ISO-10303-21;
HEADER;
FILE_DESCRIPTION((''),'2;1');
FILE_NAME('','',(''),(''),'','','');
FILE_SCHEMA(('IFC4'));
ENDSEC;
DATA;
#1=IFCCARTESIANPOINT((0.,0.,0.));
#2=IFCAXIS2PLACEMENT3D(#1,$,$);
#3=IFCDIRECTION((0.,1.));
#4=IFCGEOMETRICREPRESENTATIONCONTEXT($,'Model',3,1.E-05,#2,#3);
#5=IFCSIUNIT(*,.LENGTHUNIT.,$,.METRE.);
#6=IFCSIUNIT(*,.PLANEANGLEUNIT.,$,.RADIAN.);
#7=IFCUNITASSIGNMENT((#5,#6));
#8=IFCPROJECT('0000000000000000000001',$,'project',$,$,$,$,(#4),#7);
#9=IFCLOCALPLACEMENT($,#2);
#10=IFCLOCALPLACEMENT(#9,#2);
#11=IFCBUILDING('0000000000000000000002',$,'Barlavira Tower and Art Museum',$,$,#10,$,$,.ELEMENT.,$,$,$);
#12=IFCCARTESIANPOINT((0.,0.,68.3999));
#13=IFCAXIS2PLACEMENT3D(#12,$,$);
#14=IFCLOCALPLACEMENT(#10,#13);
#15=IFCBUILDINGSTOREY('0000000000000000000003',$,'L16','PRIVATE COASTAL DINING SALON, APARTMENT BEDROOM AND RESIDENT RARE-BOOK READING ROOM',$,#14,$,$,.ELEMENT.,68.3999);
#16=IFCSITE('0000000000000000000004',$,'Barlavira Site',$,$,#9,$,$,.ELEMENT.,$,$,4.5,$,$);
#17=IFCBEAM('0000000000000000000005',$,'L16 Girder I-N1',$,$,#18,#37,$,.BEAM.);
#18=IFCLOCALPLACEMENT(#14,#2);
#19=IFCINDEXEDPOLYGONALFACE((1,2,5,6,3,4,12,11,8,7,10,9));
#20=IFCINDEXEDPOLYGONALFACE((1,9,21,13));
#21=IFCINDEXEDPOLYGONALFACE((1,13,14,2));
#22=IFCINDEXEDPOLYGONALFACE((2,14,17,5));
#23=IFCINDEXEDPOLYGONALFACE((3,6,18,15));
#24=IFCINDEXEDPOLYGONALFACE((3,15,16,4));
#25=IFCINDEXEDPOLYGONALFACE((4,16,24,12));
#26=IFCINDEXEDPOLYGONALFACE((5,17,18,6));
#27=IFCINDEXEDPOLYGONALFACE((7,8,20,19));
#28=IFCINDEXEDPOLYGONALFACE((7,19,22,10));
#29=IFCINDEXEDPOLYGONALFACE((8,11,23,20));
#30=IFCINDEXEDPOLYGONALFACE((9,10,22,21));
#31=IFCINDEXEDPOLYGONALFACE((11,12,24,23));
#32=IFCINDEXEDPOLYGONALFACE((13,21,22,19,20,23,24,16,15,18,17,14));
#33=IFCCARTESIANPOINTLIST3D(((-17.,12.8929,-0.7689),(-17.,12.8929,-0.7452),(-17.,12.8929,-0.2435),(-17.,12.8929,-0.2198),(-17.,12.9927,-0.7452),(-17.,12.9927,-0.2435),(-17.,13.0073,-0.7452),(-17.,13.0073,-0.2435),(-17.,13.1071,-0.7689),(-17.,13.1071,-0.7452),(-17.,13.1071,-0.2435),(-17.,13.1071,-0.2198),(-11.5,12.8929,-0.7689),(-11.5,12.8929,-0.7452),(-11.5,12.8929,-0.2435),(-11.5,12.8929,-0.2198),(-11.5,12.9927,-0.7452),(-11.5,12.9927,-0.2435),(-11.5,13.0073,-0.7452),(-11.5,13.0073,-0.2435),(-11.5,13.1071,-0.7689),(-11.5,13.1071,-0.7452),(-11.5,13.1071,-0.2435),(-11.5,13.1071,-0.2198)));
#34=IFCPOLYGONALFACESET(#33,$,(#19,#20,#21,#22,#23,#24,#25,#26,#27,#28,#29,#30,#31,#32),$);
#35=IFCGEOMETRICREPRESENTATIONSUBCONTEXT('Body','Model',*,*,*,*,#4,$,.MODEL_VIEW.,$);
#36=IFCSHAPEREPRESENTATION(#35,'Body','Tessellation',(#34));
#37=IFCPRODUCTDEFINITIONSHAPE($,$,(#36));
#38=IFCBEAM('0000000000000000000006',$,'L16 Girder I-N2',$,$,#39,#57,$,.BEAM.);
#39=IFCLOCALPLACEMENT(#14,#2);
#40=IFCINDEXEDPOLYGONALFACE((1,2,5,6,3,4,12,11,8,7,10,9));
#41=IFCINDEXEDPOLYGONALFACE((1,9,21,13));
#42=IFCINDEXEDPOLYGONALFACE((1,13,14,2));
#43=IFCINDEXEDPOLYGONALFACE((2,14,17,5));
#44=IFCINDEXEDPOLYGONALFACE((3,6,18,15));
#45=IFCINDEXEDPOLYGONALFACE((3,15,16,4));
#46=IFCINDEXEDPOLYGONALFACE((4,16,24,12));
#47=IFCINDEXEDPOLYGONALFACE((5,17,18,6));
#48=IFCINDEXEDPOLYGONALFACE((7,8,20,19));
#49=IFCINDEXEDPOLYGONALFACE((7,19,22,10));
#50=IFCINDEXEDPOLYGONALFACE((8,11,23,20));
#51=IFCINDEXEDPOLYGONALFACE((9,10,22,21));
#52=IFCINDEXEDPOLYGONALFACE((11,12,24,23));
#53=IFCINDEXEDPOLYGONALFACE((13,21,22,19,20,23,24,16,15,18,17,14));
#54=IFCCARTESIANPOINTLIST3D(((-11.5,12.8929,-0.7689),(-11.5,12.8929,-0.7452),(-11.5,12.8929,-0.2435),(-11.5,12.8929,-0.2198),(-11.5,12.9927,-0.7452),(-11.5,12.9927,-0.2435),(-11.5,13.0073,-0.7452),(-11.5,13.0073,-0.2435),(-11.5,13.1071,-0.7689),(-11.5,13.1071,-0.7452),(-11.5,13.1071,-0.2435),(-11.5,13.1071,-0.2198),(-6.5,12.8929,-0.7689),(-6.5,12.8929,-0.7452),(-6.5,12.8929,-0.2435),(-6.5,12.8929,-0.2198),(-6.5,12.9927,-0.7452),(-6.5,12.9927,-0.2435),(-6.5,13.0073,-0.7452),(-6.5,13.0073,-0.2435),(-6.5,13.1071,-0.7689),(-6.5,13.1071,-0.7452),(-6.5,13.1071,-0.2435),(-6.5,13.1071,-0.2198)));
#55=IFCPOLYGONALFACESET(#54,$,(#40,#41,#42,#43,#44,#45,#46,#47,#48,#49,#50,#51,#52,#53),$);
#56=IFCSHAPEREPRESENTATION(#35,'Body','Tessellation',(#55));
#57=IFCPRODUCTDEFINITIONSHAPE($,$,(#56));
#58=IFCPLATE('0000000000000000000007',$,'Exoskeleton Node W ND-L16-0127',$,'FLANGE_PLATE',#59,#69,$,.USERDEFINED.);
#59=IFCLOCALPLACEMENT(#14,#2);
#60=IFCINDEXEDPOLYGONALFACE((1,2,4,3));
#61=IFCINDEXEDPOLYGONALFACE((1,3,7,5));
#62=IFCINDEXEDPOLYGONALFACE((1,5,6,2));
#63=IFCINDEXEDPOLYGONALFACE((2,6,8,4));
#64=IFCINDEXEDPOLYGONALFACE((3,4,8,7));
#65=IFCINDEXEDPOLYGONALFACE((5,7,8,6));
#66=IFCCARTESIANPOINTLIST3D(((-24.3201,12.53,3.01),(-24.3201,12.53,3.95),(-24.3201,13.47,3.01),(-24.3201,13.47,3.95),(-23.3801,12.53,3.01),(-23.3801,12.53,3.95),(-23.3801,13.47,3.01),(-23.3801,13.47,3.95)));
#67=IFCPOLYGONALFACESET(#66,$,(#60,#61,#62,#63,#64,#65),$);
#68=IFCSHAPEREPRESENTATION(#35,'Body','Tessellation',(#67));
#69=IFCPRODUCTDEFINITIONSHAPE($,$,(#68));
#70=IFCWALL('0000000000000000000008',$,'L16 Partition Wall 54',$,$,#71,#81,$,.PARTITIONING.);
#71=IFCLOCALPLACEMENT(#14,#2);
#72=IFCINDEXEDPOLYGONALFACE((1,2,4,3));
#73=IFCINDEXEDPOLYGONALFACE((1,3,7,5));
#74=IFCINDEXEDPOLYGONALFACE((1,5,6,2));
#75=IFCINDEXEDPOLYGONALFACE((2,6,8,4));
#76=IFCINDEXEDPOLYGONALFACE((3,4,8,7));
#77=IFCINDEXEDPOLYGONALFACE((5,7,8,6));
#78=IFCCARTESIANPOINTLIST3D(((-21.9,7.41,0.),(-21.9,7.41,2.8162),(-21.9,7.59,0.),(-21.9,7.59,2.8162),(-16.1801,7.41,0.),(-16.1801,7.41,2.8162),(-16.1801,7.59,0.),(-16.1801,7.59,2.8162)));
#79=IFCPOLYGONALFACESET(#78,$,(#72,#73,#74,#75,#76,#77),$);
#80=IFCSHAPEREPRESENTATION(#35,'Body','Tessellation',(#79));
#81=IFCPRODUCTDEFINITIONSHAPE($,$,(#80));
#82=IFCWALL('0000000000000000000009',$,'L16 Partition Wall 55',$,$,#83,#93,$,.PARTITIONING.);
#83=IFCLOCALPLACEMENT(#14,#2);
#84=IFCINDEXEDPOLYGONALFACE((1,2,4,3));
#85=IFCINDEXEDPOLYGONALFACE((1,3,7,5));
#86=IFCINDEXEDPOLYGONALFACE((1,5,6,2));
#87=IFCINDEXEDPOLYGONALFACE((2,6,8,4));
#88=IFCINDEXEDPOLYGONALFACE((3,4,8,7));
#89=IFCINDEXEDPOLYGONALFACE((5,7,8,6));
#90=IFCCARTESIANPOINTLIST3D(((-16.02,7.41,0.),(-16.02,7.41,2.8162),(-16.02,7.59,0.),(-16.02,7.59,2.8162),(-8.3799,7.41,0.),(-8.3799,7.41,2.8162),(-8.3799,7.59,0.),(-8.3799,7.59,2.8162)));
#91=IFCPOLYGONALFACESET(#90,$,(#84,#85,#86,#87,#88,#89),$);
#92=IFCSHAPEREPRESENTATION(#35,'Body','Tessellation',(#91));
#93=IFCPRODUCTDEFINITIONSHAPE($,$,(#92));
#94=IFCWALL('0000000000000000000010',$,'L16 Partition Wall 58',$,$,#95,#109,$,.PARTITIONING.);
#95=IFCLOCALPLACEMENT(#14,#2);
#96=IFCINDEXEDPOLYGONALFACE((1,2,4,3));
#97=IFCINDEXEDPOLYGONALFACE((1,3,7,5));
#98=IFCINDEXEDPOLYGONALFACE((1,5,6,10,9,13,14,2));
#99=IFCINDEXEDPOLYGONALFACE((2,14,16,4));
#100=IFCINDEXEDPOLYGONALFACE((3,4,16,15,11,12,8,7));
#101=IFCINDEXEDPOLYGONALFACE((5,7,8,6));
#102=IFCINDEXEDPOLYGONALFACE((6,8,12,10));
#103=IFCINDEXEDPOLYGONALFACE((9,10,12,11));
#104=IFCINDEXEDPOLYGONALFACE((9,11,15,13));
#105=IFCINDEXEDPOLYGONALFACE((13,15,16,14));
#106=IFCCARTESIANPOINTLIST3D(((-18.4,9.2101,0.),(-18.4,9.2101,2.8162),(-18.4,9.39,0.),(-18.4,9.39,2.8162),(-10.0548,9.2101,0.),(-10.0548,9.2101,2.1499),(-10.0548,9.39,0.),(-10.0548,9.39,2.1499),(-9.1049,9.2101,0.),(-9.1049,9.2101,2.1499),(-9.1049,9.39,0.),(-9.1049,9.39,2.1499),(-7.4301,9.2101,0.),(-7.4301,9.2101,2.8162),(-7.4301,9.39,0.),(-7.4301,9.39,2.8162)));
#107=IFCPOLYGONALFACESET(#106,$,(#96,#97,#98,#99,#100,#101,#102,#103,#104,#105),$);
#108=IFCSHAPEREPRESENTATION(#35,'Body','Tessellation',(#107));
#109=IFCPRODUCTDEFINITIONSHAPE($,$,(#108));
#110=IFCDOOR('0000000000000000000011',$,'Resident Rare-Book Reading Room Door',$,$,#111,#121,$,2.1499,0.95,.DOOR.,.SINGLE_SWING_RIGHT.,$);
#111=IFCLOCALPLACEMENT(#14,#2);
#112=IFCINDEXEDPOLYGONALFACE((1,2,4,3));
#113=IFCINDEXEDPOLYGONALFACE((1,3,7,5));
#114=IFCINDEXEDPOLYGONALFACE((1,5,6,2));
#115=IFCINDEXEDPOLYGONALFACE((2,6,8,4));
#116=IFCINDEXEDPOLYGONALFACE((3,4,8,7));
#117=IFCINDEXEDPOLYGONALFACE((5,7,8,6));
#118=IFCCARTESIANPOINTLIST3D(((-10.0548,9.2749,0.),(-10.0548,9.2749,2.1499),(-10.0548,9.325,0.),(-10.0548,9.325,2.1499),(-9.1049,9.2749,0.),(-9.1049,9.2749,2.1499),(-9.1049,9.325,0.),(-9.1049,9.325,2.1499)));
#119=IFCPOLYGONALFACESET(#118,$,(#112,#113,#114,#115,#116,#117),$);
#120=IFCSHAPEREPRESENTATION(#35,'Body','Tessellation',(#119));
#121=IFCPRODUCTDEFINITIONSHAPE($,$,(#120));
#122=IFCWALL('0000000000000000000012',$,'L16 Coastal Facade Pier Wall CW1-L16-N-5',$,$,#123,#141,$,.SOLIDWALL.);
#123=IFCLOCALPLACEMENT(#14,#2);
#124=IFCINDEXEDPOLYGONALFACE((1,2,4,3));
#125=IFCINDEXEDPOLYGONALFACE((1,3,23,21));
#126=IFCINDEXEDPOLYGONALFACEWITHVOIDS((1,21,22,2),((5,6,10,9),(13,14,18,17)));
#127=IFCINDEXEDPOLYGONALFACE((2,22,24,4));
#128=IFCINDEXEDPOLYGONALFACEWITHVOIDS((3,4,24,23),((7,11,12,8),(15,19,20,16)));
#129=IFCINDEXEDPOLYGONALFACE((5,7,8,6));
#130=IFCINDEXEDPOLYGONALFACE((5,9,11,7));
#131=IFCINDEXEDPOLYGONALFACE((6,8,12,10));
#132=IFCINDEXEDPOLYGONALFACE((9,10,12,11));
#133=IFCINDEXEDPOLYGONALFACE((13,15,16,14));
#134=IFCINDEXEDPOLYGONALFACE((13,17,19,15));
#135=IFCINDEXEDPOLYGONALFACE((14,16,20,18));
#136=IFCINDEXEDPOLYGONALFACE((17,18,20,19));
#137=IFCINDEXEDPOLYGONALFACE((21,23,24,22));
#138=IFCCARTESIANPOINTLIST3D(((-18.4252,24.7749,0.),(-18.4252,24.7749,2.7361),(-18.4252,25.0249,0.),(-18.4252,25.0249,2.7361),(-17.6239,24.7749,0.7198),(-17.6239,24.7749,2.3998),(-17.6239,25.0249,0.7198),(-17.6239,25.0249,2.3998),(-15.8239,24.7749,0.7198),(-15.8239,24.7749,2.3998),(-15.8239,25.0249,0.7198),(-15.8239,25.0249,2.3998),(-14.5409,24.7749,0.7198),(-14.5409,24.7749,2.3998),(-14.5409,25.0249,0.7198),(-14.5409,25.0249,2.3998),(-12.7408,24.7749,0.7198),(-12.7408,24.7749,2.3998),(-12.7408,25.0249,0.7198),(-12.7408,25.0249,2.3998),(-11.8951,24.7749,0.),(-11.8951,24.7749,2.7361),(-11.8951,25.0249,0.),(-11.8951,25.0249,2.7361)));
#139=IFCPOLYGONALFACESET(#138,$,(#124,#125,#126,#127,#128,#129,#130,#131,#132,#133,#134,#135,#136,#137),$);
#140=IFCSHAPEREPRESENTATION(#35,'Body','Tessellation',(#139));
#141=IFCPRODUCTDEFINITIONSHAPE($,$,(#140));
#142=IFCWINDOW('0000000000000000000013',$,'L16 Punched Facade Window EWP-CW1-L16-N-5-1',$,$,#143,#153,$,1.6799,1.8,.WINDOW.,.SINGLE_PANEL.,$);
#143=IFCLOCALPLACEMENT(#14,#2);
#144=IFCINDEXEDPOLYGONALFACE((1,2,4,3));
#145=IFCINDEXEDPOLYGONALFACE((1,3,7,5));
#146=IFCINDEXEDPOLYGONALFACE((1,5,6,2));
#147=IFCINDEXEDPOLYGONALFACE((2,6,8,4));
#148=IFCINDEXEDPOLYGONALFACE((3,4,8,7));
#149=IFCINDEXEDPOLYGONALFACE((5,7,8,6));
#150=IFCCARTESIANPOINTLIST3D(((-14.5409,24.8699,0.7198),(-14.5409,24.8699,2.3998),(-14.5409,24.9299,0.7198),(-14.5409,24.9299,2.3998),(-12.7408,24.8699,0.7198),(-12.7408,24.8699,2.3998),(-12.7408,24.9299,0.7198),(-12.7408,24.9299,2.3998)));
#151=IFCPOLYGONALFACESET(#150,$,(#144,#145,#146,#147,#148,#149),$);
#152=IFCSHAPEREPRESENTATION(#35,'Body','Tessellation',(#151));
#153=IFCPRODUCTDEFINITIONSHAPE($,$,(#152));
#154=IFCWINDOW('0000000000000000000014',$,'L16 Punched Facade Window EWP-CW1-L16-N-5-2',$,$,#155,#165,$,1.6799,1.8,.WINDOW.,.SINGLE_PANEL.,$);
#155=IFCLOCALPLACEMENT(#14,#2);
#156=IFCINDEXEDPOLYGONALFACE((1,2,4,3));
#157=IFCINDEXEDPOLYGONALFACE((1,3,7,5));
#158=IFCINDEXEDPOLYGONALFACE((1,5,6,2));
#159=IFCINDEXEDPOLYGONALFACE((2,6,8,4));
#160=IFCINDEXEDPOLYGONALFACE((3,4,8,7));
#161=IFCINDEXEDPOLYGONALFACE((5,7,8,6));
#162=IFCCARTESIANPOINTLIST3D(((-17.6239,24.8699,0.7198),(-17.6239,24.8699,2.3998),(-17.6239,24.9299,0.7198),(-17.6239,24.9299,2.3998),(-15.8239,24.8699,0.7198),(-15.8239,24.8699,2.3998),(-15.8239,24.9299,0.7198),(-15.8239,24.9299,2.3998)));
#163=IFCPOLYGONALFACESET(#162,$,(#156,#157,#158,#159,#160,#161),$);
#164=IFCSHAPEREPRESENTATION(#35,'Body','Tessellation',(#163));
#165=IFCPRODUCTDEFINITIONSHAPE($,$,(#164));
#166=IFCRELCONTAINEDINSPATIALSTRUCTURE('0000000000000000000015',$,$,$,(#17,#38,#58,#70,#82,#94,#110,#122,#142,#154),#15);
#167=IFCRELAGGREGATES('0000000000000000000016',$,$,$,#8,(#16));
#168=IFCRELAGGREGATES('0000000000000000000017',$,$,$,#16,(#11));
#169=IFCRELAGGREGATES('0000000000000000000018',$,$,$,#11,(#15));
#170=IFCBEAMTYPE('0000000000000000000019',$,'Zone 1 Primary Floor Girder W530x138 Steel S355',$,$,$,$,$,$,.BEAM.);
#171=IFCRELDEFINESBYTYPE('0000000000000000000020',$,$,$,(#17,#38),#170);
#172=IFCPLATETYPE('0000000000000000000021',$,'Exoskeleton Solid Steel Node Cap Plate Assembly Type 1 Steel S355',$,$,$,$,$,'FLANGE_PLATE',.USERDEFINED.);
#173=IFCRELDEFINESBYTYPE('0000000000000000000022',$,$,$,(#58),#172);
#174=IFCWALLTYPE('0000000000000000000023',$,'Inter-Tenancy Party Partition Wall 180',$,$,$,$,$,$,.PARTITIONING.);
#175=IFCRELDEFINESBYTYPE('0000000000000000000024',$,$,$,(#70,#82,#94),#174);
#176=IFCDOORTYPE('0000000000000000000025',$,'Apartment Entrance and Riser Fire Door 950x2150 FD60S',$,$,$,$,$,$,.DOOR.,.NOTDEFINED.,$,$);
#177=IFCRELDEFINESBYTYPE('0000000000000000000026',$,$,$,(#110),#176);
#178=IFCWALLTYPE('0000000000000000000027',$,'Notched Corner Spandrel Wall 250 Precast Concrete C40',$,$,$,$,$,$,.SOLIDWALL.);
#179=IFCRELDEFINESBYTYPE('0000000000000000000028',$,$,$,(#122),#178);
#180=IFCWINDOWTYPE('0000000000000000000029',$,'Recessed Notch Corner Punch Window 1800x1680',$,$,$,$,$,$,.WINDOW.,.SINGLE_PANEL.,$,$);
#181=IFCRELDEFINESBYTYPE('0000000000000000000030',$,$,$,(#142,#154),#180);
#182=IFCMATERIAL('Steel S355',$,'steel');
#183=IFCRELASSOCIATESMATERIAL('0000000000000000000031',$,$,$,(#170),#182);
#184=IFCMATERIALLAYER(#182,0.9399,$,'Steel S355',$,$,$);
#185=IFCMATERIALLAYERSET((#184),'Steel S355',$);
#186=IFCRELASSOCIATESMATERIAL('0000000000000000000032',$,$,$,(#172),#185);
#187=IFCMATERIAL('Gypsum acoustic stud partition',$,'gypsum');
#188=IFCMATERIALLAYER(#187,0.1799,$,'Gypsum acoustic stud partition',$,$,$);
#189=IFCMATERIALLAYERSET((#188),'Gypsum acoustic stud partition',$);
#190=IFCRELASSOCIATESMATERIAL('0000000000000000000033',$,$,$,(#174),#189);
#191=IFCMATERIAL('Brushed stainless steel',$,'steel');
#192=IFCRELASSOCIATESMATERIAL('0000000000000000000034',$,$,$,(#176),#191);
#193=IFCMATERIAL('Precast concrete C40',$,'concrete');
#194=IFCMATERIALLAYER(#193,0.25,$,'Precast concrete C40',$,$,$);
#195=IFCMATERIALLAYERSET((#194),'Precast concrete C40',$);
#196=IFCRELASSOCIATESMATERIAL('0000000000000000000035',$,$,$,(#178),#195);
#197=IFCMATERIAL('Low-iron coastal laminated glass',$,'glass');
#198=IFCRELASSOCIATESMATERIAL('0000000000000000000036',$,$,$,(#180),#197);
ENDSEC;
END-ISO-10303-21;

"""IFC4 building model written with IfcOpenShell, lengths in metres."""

from ifc_helpers import new_model, si_unit, direction, frame, frame_2d, origin, origin_2d, place, context, subcontext, project, spatial, rectangle, i_section, extrude, material, layer, layer_set, material_profile, profile_set, type_object, element, fill, save


model = new_model("IFC4")

# Units and contexts
model_context = context("Model", 3, precision=1e-05, world=origin(), true_north=direction((0.0, 1.0)))
body_context = subcontext(model_context, "Body", "Model", "MODEL_VIEW")
ifc_project = project(units=[si_unit("LENGTHUNIT", "METRE"), si_unit("PLANEANGLEUNIT", "RADIAN")], contexts=[model_context])

# Site, building, storey
site_placement = place(None, origin())
site = spatial("IfcSite", under=ifc_project, at=site_placement, Name="Barlavira Site", CompositionType="ELEMENT", RefElevation=4.5)
building_placement = place(site_placement, origin())
building = spatial("IfcBuilding", under=site, at=building_placement, Name="Barlavira Tower and Art Museum", CompositionType="ELEMENT")
storey_placement = place(building_placement, frame((0.0, 0.0, 68.3999)))
storey = spatial("IfcBuildingStorey", under=building, at=storey_placement, Name="L16", Description="PRIVATE COASTAL DINING SALON, APARTMENT BEDROOM AND RESIDENT RARE-BOOK READING ROOM", CompositionType="ELEMENT", Elevation=68.3999)

# Beams
ifc_material_1 = material(Name="Steel S355", Category="steel")
ifc_material_profile_1 = material_profile(ifc_material_1, i_section(OverallWidth=0.2141, OverallDepth=0.5491, WebThickness=0.0146, FlangeThickness=0.0237, at=origin_2d()), Name="W530x138.0")
ifc_profile_set_1 = profile_set([ifc_material_profile_1], Name="Steel S355")
beam_type_1 = type_object("IfcBeamType", Name="Zone 1 Primary Floor Girder W530x138 Steel S355", PredefinedType="BEAM", material=ifc_profile_set_1)
beam_1_placement = place(storey_placement, frame((-17.0, 13.0, -0.4944), z_axis=(1.0, 0.0, 0.0), x_axis=(0.0, 1.0, 0.0)))
element("IfcBeam", 1, at=beam_1_placement, inside=storey, type_object=beam_type_1, Name="L16 Girder I-N1", PredefinedType="BEAM", context=body_context, shape_type="SweptSolid", body=[
    extrude(i_section(OverallWidth=0.2141, OverallDepth=0.5491, WebThickness=0.0146, FlangeThickness=0.0237, at=origin_2d()), origin(), (0.0, 0.0, 1.0), 5.5),
])
beam_2_placement = place(storey_placement, frame((-11.5, 13.0, -0.4944), z_axis=(1.0, 0.0, 0.0), x_axis=(0.0, 1.0, 0.0)))
element("IfcBeam", 2, at=beam_2_placement, inside=storey, type_object=beam_type_1, Name="L16 Girder I-N2", PredefinedType="BEAM", context=body_context, shape_type="SweptSolid", body=[
    extrude(i_section(OverallWidth=0.2141, OverallDepth=0.5491, WebThickness=0.0146, FlangeThickness=0.0237, at=origin_2d()), origin(), (0.0, 0.0, 1.0), 5.0),
])

# Plate
ifc_layer_1 = layer(ifc_material_1, 0.9399, Name="Steel S355")
ifc_layer_set_1 = layer_set([ifc_layer_1], Name="Steel S355")
plate_type = type_object("IfcPlateType", Name="Exoskeleton Solid Steel Node Cap Plate Assembly Type 1 Steel S355", ElementType="FLANGE_PLATE", PredefinedType="USERDEFINED", material=ifc_layer_set_1)
plate_placement = place(storey_placement, frame((-23.8501, 13.0, 3.01), z_axis=(0.0, 0.0, 1.0), x_axis=(1.0, 0.0, 0.0)))
element("IfcPlate", 3, at=plate_placement, inside=storey, type_object=plate_type, Name="Exoskeleton Node W ND-L16-0127", ObjectType="FLANGE_PLATE", PredefinedType="USERDEFINED", context=body_context, shape_type="SweptSolid", body=[
    extrude(rectangle(XDim=0.9399, YDim=0.9399, at=origin_2d()), origin(), (0.0, 0.0, 1.0), 0.9399),
])

# Walls
ifc_material_2 = material(Name="Gypsum acoustic stud partition", Category="gypsum")
ifc_layer_2 = layer(ifc_material_2, 0.1799, Name="Gypsum acoustic stud partition")
ifc_layer_set_2 = layer_set([ifc_layer_2], Name="Gypsum acoustic stud partition")
wall_type_1 = type_object("IfcWallType", Name="Inter-Tenancy Party Partition Wall 180", PredefinedType="PARTITIONING", material=ifc_layer_set_2)
wall_1_placement = place(storey_placement, frame((-21.8999, 7.5, 0.0), z_axis=(0.0, 0.0, 1.0), x_axis=(1.0, 0.0, 0.0)))
element("IfcWall", 4, at=wall_1_placement, inside=storey, type_object=wall_type_1, Name="L16 Partition Wall 54", PredefinedType="PARTITIONING", context=body_context, shape_type="SweptSolid", body=[
    extrude(rectangle(XDim=5.72, YDim=0.1799, at=frame_2d((2.8599, 0.0))), origin(), (0.0, 0.0, 1.0), 2.8162),
])
wall_2_placement = place(storey_placement, frame((-16.02, 7.5, 0.0), z_axis=(0.0, 0.0, 1.0), x_axis=(1.0, 0.0, 0.0)))
element("IfcWall", 5, at=wall_2_placement, inside=storey, type_object=wall_type_1, Name="L16 Partition Wall 55", PredefinedType="PARTITIONING", context=body_context, shape_type="SweptSolid", body=[
    extrude(rectangle(XDim=7.6401, YDim=0.1799, at=frame_2d((3.8201, 0.0))), origin(), (0.0, 0.0, 1.0), 2.8162),
])

# Wall, opening, door
wall_3_placement = place(storey_placement, frame((-18.3999, 9.3, 0.0), z_axis=(0.0, 0.0, 1.0), x_axis=(1.0, 0.0, 0.0)))
wall_3 = element("IfcWall", 6, at=wall_3_placement, inside=storey, type_object=wall_type_1, Name="L16 Partition Wall 58", PredefinedType="PARTITIONING", context=body_context, shape_type="SweptSolid", body=[
    extrude(rectangle(XDim=10.97, YDim=0.1799, at=frame_2d((5.4849, 0.0))), origin(), (0.0, 0.0, 1.0), 2.8162),
])
opening_1_placement = place(wall_3_placement, frame((8.345, 0.0, 0.0)))
opening_1 = element("IfcOpeningElement", 7, at=opening_1_placement, cuts=wall_3, PredefinedType="OPENING", context=body_context, shape_type="SweptSolid", body=[
    extrude(rectangle(XDim=0.95, YDim=2.1499, at=frame_2d((0.4751, 1.075))), frame((0.0, 0.1001, 0.0), z_axis=(0.0, -1.0, 0.0), x_axis=(1.0, 0.0, 0.0)), (0.0, 0.0, 1.0), 0.2),
])
ifc_material_3 = material(Name="Brushed stainless steel", Category="steel")
door_type = type_object("IfcDoorType", Name="Apartment Entrance and Riser Fire Door 950x2150 FD60S", OperationType="NOTDEFINED", PredefinedType="DOOR", material=ifc_material_3)
door_placement = place(opening_1_placement, origin())
door = element("IfcDoor", 8, at=door_placement, inside=storey, type_object=door_type, Name="Resident Rare-Book Reading Room Door", OperationType="SINGLE_SWING_RIGHT", OverallHeight=2.1499, OverallWidth=0.95, PredefinedType="DOOR", context=body_context, shape_type="SweptSolid", body=[
    extrude(rectangle(XDim=0.95, YDim=2.1499, at=frame_2d((0.4751, 1.075))), frame((0.0, 0.0249, 0.0), z_axis=(0.0, -1.0, 0.0), x_axis=(1.0, 0.0, 0.0)), (0.0, 0.0, 1.0), 0.05),
])
fill(opening_1, door)

# Wall, openings, windows
ifc_material_4 = material(Name="Precast concrete C40", Category="concrete")
ifc_layer_3 = layer(ifc_material_4, 0.25, Name="Precast concrete C40")
ifc_layer_set_3 = layer_set([ifc_layer_3], Name="Precast concrete C40")
wall_type_2 = type_object("IfcWallType", Name="Notched Corner Spandrel Wall 250 Precast Concrete C40", PredefinedType="SOLIDWALL", material=ifc_layer_set_3)
wall_4_placement = place(storey_placement, frame((-11.895, 24.8999, 0.0), z_axis=(0.0, 0.0, 1.0), x_axis=(-1.0, 0.0, 0.0)))
wall_4 = element("IfcWall", 9, at=wall_4_placement, inside=storey, type_object=wall_type_2, Name="L16 Coastal Facade Pier Wall CW1-L16-N-5", PredefinedType="SOLIDWALL", context=body_context, shape_type="SweptSolid", body=[
    extrude(rectangle(XDim=6.53, YDim=0.25, at=frame_2d((3.2651, 0.0))), origin(), (0.0, 0.0, 1.0), 2.7361),
])
opening_2_placement = place(wall_4_placement, frame((0.8459, 0.0, 0.72)))
opening_2 = element("IfcOpeningElement", 10, at=opening_2_placement, cuts=wall_4, PredefinedType="OPENING", context=body_context, shape_type="SweptSolid", body=[
    extrude(rectangle(XDim=1.8, YDim=1.6799, at=frame_2d((0.8999, 0.8398))), frame((0.0, 0.135, 0.0), z_axis=(0.0, -1.0, 0.0), x_axis=(1.0, 0.0, 0.0)), (0.0, 0.0, 1.0), 0.27),
])
opening_3_placement = place(wall_4_placement, frame((3.929, 0.0, 0.72)))
opening_3 = element("IfcOpeningElement", 11, at=opening_3_placement, cuts=wall_4, PredefinedType="OPENING", context=body_context, shape_type="SweptSolid", body=[
    extrude(rectangle(XDim=1.8, YDim=1.6799, at=frame_2d((0.8999, 0.8398))), frame((0.0, 0.135, 0.0), z_axis=(0.0, -1.0, 0.0), x_axis=(1.0, 0.0, 0.0)), (0.0, 0.0, 1.0), 0.27),
])
ifc_material_5 = material(Name="Low-iron coastal laminated glass", Category="glass")
window_type = type_object("IfcWindowType", Name="Recessed Notch Corner Punch Window 1800x1680", PartitioningType="SINGLE_PANEL", PredefinedType="WINDOW", material=ifc_material_5)
window_1_placement = place(opening_2_placement, origin())
window_1 = element("IfcWindow", 12, at=window_1_placement, inside=storey, type_object=window_type, Name="L16 Punched Facade Window EWP-CW1-L16-N-5-1", OverallHeight=1.6799, OverallWidth=1.8, PartitioningType="SINGLE_PANEL", PredefinedType="WINDOW", context=body_context, shape_type="SweptSolid", body=[
    extrude(rectangle(XDim=1.8, YDim=1.6799, at=frame_2d((0.8999, 0.8398))), frame((0.0, 0.03, 0.0), z_axis=(0.0, -1.0, 0.0), x_axis=(1.0, 0.0, 0.0)), (0.0, 0.0, 1.0), 0.0601),
])
fill(opening_2, window_1)
window_2_placement = place(opening_3_placement, origin())
window_2 = element("IfcWindow", 13, at=window_2_placement, inside=storey, type_object=window_type, Name="L16 Punched Facade Window EWP-CW1-L16-N-5-2", OverallHeight=1.6799, OverallWidth=1.8, PartitioningType="SINGLE_PANEL", PredefinedType="WINDOW", context=body_context, shape_type="SweptSolid", body=[
    extrude(rectangle(XDim=1.8, YDim=1.6799, at=frame_2d((0.8999, 0.8398))), frame((0.0, 0.03, 0.0), z_axis=(0.0, -1.0, 0.0), x_axis=(1.0, 0.0, 0.0)), (0.0, 0.0, 1.0), 0.0601),
])
fill(opening_3, window_2)

save(model, "model.ifc")
